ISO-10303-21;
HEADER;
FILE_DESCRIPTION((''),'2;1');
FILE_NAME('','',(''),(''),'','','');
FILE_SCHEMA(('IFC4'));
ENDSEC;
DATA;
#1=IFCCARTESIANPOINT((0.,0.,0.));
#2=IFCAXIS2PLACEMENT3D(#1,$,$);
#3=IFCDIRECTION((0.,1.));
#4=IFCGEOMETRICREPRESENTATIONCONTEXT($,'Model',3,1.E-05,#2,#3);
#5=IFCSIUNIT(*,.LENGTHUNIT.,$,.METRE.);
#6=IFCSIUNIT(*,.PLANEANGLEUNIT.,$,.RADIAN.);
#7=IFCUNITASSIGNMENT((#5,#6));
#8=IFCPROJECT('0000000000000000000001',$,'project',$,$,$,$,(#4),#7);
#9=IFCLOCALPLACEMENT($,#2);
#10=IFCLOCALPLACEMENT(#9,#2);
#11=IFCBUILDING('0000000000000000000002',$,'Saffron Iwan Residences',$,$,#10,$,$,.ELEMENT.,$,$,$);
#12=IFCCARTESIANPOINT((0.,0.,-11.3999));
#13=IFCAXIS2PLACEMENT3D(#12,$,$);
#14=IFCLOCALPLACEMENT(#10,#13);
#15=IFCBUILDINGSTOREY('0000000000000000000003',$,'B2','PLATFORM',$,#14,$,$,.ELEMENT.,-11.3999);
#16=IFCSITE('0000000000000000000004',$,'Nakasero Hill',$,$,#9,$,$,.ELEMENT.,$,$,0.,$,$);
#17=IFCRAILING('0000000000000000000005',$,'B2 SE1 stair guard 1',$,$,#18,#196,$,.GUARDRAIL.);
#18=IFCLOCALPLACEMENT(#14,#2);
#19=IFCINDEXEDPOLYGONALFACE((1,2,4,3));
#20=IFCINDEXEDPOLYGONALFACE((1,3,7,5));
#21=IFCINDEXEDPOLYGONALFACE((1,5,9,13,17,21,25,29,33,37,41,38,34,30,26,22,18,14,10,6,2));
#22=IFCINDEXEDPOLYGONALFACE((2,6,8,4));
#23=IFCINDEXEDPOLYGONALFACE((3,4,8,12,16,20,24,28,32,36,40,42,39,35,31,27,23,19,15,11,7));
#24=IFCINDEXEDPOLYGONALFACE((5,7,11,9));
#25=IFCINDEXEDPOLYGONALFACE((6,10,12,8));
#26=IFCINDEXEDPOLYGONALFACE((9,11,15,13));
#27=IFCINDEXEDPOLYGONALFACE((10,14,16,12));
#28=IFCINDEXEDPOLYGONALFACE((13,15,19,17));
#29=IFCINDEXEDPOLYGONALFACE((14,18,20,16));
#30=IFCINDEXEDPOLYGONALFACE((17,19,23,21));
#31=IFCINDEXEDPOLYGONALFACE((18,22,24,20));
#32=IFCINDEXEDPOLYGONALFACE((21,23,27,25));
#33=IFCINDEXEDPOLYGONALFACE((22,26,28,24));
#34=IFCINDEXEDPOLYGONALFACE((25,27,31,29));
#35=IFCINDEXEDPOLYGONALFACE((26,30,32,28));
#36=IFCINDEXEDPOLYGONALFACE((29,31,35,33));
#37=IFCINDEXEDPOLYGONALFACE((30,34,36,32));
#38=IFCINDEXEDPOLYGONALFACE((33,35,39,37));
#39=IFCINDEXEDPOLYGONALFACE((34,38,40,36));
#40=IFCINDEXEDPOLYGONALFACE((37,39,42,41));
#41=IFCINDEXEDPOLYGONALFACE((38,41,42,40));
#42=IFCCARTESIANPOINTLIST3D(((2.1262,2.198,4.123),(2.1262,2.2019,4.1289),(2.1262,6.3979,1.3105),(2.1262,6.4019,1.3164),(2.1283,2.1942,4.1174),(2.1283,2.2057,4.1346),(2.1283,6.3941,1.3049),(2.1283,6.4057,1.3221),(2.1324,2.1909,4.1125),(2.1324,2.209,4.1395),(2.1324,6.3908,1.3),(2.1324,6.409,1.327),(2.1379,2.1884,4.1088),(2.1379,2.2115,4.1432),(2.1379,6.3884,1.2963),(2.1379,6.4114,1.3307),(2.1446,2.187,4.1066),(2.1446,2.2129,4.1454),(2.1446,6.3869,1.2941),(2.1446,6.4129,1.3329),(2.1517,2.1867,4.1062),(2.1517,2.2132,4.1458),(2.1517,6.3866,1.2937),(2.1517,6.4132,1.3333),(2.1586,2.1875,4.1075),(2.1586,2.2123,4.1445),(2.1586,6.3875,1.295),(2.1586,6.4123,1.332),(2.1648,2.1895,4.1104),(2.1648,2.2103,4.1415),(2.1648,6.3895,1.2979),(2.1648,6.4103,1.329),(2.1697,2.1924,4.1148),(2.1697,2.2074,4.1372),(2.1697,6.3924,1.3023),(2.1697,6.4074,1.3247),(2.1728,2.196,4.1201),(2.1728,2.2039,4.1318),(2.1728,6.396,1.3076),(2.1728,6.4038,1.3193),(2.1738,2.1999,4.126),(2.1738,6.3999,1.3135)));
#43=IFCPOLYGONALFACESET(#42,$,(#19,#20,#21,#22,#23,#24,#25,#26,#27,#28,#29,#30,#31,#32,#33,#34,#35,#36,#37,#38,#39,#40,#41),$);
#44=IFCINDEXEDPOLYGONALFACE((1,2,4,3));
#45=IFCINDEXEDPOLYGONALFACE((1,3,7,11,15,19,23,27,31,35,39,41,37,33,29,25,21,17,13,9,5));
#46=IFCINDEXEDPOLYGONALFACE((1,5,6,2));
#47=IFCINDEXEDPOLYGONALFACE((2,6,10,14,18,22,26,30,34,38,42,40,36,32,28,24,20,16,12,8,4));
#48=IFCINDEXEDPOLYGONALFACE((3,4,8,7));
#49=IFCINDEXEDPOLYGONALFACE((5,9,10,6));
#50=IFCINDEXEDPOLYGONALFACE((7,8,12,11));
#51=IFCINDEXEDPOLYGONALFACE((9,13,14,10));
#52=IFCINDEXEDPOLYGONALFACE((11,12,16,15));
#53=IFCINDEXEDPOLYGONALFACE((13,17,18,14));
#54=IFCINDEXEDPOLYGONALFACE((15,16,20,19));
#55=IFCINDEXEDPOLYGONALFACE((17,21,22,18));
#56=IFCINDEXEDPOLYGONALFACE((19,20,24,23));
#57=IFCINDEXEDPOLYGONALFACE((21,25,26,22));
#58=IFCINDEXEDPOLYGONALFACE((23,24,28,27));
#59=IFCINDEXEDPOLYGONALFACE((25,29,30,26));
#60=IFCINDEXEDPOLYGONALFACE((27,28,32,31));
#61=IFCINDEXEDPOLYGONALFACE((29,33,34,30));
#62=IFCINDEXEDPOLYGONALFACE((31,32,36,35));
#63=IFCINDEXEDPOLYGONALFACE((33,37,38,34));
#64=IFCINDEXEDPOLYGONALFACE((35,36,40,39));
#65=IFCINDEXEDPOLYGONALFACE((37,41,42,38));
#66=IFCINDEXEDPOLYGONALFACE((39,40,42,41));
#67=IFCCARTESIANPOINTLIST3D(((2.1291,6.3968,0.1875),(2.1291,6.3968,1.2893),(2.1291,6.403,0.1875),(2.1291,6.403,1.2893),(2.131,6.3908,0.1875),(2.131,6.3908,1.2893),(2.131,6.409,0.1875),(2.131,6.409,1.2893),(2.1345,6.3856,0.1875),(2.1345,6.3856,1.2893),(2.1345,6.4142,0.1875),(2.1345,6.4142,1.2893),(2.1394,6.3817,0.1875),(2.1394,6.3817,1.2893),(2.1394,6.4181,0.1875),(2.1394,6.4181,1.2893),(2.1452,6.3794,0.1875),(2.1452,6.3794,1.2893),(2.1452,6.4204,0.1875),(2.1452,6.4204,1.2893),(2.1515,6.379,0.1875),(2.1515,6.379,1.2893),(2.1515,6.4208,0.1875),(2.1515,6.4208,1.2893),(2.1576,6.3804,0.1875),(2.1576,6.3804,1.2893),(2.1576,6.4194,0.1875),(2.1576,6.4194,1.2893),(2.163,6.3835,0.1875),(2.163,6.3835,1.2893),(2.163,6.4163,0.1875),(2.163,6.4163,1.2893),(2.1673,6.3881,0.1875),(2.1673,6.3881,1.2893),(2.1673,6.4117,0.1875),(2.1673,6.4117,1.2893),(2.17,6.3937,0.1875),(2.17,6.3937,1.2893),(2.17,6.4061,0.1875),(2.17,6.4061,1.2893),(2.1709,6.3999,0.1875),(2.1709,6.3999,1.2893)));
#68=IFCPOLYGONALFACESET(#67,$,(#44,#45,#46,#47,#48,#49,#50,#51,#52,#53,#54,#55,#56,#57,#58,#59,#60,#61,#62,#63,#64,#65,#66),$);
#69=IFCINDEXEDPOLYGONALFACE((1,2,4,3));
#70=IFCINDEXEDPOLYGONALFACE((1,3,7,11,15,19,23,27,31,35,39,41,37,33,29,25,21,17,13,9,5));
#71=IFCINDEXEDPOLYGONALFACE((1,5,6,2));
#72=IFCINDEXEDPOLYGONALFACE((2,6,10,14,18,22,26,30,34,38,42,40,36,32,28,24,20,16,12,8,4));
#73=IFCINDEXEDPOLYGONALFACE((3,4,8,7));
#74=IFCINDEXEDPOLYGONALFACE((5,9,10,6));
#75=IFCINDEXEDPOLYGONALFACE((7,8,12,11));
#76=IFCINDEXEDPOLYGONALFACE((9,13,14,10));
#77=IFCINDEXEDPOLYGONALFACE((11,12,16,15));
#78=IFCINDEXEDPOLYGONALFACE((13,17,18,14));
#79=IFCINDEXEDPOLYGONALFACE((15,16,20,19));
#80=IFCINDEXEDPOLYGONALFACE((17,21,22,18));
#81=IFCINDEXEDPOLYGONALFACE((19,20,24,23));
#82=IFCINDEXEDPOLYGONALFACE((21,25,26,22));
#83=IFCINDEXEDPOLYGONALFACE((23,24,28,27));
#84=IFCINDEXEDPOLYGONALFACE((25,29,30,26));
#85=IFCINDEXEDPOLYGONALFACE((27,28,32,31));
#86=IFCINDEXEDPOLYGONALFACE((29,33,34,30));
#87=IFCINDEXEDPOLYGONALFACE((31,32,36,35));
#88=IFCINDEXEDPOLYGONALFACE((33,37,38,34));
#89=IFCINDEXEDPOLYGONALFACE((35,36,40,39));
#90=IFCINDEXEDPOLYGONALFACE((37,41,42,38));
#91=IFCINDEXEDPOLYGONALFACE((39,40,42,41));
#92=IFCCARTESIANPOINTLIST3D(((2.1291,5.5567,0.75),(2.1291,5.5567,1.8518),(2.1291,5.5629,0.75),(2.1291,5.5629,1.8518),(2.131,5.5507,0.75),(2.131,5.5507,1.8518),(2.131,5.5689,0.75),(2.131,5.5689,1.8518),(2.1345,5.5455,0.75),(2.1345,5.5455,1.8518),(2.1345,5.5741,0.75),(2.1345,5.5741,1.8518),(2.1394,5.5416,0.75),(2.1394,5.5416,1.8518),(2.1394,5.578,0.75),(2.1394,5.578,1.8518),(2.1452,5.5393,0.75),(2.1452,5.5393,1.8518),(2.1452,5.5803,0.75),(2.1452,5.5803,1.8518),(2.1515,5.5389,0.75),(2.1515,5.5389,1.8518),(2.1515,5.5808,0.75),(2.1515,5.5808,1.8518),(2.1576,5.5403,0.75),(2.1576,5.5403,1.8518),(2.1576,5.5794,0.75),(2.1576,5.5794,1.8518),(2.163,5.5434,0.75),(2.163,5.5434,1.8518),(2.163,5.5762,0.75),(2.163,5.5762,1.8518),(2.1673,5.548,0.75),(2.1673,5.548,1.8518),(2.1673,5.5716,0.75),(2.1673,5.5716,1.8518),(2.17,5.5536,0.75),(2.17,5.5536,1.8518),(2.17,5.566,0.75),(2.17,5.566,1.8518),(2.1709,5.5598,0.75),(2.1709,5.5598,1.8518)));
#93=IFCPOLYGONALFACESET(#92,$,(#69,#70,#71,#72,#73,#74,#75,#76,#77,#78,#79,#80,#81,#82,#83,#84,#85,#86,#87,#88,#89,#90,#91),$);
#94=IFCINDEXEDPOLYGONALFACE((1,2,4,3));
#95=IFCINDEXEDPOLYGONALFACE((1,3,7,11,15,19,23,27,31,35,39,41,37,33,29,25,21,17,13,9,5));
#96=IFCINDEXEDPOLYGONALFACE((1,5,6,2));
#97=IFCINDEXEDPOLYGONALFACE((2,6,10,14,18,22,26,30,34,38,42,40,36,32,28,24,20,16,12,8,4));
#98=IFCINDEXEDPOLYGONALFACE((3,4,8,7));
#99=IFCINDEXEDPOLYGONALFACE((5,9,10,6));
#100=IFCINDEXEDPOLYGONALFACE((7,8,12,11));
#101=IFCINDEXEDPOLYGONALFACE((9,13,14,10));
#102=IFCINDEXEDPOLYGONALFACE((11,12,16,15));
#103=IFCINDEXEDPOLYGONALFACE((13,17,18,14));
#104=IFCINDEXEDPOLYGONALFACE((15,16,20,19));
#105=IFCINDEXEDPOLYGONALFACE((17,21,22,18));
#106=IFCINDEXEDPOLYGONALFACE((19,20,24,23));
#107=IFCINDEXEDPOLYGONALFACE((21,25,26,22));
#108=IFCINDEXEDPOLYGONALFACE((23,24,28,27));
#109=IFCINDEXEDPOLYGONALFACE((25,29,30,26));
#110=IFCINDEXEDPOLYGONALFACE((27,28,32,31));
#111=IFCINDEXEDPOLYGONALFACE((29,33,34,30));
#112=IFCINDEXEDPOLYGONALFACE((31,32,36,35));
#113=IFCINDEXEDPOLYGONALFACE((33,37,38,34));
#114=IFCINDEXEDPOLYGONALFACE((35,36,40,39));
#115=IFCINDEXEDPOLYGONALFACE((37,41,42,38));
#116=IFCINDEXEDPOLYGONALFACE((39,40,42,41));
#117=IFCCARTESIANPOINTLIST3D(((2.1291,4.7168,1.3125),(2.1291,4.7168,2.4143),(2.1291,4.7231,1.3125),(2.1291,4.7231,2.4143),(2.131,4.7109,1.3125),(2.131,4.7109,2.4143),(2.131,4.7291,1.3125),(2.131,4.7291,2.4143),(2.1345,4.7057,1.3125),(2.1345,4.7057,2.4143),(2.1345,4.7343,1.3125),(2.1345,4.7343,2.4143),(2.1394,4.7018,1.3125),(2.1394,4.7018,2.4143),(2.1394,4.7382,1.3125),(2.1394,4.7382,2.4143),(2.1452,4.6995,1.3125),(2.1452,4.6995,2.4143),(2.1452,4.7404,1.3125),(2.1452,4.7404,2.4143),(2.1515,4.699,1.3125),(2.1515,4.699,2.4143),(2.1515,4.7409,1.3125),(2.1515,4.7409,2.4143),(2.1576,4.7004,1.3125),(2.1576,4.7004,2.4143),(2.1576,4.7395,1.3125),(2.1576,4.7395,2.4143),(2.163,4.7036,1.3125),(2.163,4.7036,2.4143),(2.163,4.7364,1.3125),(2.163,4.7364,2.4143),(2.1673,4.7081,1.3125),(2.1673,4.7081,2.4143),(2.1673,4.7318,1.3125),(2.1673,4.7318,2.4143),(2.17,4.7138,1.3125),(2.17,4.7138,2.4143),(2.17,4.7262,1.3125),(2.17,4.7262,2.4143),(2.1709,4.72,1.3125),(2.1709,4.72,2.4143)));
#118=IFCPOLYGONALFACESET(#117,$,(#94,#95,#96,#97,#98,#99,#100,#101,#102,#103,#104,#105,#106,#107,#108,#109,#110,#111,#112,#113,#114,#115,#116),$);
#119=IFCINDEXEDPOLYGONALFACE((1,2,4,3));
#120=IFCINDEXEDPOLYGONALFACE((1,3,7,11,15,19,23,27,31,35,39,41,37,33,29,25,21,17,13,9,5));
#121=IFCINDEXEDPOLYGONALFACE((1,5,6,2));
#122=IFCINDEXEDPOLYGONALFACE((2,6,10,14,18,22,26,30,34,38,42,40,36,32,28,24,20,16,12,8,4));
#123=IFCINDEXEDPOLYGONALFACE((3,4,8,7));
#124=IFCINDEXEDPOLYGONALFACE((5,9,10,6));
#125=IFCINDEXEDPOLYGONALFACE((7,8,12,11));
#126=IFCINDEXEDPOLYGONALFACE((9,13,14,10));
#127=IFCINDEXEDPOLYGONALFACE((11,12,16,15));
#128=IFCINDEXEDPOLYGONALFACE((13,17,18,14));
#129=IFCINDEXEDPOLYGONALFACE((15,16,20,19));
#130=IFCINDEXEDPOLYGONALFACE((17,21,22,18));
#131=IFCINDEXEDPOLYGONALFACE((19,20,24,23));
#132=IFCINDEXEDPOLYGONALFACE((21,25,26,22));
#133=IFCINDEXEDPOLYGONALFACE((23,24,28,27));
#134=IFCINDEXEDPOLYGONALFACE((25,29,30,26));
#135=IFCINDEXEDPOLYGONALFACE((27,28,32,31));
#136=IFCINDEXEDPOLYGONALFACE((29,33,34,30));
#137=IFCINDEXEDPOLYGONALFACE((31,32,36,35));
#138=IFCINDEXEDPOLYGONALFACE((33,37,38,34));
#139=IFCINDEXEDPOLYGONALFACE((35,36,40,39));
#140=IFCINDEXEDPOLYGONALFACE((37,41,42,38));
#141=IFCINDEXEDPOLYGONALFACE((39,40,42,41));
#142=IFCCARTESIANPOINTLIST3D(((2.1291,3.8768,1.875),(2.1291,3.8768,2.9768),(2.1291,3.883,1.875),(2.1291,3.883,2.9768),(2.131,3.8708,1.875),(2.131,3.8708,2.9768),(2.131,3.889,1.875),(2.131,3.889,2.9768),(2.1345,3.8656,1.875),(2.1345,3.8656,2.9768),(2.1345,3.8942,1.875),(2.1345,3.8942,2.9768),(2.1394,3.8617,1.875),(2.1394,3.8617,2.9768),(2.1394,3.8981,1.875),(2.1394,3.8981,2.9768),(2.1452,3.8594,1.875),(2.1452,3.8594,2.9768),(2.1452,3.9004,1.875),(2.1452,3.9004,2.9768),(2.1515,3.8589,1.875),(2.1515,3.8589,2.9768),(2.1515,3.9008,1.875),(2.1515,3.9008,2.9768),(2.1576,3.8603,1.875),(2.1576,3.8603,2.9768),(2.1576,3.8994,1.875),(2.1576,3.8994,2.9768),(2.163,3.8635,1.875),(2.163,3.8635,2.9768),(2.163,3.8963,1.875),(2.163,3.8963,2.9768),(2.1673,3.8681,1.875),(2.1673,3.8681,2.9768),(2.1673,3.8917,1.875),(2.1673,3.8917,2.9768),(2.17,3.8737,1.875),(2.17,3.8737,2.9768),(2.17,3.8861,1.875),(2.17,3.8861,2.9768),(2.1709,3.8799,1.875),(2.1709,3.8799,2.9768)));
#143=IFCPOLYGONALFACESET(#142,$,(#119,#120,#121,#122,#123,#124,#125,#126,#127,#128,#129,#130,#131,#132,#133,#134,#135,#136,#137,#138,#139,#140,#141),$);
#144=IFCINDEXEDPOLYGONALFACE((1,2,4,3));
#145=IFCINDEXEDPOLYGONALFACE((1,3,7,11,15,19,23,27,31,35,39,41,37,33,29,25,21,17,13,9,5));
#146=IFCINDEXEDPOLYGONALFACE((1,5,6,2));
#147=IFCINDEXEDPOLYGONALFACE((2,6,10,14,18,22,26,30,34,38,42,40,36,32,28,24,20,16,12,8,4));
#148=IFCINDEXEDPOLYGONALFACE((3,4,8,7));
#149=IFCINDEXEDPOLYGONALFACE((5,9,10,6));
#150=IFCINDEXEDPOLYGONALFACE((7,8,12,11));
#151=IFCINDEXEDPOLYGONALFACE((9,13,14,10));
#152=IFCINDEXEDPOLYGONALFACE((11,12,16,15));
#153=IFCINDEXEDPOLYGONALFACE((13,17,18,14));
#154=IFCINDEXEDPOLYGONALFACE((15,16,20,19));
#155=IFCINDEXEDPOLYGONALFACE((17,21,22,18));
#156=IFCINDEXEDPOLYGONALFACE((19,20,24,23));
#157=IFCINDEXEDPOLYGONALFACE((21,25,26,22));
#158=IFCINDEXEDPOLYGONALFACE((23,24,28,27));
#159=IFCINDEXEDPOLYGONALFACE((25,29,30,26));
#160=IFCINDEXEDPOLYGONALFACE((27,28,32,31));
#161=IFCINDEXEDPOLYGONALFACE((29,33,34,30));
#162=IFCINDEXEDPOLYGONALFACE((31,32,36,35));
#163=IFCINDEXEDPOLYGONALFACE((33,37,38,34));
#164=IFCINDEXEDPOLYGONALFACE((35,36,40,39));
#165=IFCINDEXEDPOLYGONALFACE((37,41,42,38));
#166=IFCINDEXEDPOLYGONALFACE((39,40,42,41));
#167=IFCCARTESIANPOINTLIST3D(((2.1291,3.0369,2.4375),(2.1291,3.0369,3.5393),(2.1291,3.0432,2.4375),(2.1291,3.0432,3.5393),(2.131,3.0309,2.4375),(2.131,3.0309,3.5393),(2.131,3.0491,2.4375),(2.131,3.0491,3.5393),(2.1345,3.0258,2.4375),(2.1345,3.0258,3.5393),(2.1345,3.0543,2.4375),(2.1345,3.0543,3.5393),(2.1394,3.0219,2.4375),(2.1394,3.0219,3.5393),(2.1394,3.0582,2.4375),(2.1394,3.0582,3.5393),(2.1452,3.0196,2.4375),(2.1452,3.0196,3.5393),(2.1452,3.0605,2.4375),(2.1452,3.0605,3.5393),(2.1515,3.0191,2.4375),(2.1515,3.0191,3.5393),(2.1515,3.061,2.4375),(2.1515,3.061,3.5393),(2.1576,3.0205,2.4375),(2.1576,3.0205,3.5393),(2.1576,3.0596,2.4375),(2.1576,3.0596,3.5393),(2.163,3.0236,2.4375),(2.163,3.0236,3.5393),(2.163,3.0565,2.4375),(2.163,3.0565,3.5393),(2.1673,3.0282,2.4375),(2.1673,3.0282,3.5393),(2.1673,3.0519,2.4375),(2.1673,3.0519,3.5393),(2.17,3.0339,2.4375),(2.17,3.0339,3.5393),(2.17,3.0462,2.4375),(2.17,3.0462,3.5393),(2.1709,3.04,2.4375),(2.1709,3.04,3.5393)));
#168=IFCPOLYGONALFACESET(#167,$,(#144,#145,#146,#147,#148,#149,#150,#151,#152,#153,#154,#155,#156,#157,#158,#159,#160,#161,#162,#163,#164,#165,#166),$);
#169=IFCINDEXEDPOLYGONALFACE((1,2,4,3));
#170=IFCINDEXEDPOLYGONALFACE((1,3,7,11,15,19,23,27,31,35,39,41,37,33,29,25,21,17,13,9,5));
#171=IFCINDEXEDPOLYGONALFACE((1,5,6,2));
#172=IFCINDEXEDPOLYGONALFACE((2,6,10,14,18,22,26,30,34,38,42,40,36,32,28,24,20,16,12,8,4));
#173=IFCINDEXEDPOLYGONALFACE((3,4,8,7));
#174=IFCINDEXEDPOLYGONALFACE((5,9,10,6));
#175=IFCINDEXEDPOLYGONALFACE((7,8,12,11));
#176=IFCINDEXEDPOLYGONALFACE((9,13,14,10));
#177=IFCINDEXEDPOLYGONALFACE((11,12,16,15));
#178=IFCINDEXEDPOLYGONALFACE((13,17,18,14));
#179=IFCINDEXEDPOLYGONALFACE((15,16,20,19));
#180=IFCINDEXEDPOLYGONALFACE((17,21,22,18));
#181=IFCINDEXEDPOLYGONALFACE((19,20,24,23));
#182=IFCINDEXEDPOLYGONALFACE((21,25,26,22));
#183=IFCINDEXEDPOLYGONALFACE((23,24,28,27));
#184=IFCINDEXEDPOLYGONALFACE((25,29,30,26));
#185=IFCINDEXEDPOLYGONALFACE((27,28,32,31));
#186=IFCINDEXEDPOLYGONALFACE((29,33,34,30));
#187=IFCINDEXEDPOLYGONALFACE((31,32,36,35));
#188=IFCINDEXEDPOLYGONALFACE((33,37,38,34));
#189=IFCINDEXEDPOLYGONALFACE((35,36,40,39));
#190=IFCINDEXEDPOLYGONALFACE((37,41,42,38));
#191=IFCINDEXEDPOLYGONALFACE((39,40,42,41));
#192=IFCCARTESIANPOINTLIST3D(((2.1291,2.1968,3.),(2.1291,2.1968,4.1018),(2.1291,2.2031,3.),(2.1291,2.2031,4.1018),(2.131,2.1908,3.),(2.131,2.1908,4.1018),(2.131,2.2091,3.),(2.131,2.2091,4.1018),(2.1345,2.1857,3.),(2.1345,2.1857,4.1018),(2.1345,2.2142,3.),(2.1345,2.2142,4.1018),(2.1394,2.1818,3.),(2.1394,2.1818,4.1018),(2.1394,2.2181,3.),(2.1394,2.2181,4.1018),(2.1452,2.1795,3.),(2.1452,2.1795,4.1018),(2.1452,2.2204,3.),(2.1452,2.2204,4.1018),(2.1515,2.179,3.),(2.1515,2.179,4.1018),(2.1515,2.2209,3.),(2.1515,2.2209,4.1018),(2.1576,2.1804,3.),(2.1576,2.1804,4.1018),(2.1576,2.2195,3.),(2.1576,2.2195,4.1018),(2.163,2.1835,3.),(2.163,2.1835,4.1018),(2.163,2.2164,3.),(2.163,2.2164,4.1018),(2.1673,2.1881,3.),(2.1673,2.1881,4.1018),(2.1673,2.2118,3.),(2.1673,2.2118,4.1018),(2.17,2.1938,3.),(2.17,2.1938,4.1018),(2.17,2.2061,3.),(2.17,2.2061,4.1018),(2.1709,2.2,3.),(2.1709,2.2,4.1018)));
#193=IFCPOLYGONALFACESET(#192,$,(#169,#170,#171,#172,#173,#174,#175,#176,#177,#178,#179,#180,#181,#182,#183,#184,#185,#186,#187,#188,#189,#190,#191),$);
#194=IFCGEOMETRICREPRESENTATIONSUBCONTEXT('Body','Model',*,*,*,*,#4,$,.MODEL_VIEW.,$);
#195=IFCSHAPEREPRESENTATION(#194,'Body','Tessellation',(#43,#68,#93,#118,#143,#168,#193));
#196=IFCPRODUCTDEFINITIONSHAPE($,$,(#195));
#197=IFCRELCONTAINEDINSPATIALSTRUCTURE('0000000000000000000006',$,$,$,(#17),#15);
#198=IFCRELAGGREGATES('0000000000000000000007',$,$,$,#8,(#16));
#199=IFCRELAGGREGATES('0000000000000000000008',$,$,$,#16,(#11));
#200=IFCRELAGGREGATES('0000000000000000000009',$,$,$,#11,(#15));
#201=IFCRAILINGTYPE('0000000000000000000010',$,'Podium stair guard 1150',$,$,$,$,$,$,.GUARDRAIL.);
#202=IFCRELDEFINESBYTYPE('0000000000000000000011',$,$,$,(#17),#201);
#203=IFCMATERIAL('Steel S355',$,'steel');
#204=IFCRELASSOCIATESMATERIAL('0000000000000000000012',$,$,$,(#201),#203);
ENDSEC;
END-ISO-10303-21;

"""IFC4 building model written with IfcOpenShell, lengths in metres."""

from ifc_helpers import new_model, si_unit, direction, frame, origin, origin_2d, place, context, subcontext, project, spatial, circle, extrude, material, type_object, element, save


model = new_model("IFC4")

# Units and contexts
model_context = context("Model", 3, precision=1e-05, world=origin(), true_north=direction((0.0, 1.0)))
body_context = subcontext(model_context, "Body", "Model", "MODEL_VIEW")
ifc_project = project(units=[si_unit("LENGTHUNIT", "METRE"), si_unit("PLANEANGLEUNIT", "RADIAN")], contexts=[model_context])

# Site, building, storey
site_placement = place(None, origin())
site = spatial("IfcSite", under=ifc_project, at=site_placement, Name="Nakasero Hill", CompositionType="ELEMENT", RefElevation=0.0)
building_placement = place(site_placement, origin())
building = spatial("IfcBuilding", under=site, at=building_placement, Name="Saffron Iwan Residences", CompositionType="ELEMENT")
storey_placement = place(building_placement, frame((0.0, 0.0, -11.3999)))
storey = spatial("IfcBuildingStorey", under=building, at=storey_placement, Name="B2", Description="PLATFORM", CompositionType="ELEMENT", Elevation=-11.3999)

# Railing
ifc_material_1 = material(Name="Steel S355", Category="steel")
railing_type_1 = type_object("IfcRailingType", Name="Podium stair guard 1150", PredefinedType="GUARDRAIL", material=ifc_material_1)
railing_1_placement = place(storey_placement, frame((2.1499, 6.3999, 0.1875)))
element("IfcRailing", 1, at=railing_1_placement, inside=storey, type_object=railing_type_1, Name="B2 SE1 stair guard 1", PredefinedType="GUARDRAIL", context=body_context, shape_type="SweptSolid", body=[
    extrude(circle(Radius=0.0239, at=origin_2d()), frame((0.0, 0.0, 1.126), z_axis=(0.0, -0.830904, 0.556416), x_axis=(1.0, 0.0, 0.0)), (0.0, 0.0, 1.0), 5.0547),
    extrude(circle(Radius=0.021, at=origin_2d()), origin(), (0.0, 0.0, 1.0), 1.1018),
    extrude(circle(Radius=0.021, at=origin_2d()), frame((0.0, -0.8401, 0.5625)), (0.0, 0.0, 1.0), 1.1018),
    extrude(circle(Radius=0.021, at=origin_2d()), frame((0.0, -1.6799, 1.125)), (0.0, 0.0, 1.0), 1.1018),
    extrude(circle(Radius=0.021, at=origin_2d()), frame((0.0, -2.52, 1.6875)), (0.0, 0.0, 1.0), 1.1018),
    extrude(circle(Radius=0.021, at=origin_2d()), frame((0.0, -3.3599, 2.25)), (0.0, 0.0, 1.0), 1.1018),
    extrude(circle(Radius=0.021, at=origin_2d()), frame((0.0, -4.2, 2.8125)), (0.0, 0.0, 1.0), 1.1018),
])

save(model, "model.ifc")
